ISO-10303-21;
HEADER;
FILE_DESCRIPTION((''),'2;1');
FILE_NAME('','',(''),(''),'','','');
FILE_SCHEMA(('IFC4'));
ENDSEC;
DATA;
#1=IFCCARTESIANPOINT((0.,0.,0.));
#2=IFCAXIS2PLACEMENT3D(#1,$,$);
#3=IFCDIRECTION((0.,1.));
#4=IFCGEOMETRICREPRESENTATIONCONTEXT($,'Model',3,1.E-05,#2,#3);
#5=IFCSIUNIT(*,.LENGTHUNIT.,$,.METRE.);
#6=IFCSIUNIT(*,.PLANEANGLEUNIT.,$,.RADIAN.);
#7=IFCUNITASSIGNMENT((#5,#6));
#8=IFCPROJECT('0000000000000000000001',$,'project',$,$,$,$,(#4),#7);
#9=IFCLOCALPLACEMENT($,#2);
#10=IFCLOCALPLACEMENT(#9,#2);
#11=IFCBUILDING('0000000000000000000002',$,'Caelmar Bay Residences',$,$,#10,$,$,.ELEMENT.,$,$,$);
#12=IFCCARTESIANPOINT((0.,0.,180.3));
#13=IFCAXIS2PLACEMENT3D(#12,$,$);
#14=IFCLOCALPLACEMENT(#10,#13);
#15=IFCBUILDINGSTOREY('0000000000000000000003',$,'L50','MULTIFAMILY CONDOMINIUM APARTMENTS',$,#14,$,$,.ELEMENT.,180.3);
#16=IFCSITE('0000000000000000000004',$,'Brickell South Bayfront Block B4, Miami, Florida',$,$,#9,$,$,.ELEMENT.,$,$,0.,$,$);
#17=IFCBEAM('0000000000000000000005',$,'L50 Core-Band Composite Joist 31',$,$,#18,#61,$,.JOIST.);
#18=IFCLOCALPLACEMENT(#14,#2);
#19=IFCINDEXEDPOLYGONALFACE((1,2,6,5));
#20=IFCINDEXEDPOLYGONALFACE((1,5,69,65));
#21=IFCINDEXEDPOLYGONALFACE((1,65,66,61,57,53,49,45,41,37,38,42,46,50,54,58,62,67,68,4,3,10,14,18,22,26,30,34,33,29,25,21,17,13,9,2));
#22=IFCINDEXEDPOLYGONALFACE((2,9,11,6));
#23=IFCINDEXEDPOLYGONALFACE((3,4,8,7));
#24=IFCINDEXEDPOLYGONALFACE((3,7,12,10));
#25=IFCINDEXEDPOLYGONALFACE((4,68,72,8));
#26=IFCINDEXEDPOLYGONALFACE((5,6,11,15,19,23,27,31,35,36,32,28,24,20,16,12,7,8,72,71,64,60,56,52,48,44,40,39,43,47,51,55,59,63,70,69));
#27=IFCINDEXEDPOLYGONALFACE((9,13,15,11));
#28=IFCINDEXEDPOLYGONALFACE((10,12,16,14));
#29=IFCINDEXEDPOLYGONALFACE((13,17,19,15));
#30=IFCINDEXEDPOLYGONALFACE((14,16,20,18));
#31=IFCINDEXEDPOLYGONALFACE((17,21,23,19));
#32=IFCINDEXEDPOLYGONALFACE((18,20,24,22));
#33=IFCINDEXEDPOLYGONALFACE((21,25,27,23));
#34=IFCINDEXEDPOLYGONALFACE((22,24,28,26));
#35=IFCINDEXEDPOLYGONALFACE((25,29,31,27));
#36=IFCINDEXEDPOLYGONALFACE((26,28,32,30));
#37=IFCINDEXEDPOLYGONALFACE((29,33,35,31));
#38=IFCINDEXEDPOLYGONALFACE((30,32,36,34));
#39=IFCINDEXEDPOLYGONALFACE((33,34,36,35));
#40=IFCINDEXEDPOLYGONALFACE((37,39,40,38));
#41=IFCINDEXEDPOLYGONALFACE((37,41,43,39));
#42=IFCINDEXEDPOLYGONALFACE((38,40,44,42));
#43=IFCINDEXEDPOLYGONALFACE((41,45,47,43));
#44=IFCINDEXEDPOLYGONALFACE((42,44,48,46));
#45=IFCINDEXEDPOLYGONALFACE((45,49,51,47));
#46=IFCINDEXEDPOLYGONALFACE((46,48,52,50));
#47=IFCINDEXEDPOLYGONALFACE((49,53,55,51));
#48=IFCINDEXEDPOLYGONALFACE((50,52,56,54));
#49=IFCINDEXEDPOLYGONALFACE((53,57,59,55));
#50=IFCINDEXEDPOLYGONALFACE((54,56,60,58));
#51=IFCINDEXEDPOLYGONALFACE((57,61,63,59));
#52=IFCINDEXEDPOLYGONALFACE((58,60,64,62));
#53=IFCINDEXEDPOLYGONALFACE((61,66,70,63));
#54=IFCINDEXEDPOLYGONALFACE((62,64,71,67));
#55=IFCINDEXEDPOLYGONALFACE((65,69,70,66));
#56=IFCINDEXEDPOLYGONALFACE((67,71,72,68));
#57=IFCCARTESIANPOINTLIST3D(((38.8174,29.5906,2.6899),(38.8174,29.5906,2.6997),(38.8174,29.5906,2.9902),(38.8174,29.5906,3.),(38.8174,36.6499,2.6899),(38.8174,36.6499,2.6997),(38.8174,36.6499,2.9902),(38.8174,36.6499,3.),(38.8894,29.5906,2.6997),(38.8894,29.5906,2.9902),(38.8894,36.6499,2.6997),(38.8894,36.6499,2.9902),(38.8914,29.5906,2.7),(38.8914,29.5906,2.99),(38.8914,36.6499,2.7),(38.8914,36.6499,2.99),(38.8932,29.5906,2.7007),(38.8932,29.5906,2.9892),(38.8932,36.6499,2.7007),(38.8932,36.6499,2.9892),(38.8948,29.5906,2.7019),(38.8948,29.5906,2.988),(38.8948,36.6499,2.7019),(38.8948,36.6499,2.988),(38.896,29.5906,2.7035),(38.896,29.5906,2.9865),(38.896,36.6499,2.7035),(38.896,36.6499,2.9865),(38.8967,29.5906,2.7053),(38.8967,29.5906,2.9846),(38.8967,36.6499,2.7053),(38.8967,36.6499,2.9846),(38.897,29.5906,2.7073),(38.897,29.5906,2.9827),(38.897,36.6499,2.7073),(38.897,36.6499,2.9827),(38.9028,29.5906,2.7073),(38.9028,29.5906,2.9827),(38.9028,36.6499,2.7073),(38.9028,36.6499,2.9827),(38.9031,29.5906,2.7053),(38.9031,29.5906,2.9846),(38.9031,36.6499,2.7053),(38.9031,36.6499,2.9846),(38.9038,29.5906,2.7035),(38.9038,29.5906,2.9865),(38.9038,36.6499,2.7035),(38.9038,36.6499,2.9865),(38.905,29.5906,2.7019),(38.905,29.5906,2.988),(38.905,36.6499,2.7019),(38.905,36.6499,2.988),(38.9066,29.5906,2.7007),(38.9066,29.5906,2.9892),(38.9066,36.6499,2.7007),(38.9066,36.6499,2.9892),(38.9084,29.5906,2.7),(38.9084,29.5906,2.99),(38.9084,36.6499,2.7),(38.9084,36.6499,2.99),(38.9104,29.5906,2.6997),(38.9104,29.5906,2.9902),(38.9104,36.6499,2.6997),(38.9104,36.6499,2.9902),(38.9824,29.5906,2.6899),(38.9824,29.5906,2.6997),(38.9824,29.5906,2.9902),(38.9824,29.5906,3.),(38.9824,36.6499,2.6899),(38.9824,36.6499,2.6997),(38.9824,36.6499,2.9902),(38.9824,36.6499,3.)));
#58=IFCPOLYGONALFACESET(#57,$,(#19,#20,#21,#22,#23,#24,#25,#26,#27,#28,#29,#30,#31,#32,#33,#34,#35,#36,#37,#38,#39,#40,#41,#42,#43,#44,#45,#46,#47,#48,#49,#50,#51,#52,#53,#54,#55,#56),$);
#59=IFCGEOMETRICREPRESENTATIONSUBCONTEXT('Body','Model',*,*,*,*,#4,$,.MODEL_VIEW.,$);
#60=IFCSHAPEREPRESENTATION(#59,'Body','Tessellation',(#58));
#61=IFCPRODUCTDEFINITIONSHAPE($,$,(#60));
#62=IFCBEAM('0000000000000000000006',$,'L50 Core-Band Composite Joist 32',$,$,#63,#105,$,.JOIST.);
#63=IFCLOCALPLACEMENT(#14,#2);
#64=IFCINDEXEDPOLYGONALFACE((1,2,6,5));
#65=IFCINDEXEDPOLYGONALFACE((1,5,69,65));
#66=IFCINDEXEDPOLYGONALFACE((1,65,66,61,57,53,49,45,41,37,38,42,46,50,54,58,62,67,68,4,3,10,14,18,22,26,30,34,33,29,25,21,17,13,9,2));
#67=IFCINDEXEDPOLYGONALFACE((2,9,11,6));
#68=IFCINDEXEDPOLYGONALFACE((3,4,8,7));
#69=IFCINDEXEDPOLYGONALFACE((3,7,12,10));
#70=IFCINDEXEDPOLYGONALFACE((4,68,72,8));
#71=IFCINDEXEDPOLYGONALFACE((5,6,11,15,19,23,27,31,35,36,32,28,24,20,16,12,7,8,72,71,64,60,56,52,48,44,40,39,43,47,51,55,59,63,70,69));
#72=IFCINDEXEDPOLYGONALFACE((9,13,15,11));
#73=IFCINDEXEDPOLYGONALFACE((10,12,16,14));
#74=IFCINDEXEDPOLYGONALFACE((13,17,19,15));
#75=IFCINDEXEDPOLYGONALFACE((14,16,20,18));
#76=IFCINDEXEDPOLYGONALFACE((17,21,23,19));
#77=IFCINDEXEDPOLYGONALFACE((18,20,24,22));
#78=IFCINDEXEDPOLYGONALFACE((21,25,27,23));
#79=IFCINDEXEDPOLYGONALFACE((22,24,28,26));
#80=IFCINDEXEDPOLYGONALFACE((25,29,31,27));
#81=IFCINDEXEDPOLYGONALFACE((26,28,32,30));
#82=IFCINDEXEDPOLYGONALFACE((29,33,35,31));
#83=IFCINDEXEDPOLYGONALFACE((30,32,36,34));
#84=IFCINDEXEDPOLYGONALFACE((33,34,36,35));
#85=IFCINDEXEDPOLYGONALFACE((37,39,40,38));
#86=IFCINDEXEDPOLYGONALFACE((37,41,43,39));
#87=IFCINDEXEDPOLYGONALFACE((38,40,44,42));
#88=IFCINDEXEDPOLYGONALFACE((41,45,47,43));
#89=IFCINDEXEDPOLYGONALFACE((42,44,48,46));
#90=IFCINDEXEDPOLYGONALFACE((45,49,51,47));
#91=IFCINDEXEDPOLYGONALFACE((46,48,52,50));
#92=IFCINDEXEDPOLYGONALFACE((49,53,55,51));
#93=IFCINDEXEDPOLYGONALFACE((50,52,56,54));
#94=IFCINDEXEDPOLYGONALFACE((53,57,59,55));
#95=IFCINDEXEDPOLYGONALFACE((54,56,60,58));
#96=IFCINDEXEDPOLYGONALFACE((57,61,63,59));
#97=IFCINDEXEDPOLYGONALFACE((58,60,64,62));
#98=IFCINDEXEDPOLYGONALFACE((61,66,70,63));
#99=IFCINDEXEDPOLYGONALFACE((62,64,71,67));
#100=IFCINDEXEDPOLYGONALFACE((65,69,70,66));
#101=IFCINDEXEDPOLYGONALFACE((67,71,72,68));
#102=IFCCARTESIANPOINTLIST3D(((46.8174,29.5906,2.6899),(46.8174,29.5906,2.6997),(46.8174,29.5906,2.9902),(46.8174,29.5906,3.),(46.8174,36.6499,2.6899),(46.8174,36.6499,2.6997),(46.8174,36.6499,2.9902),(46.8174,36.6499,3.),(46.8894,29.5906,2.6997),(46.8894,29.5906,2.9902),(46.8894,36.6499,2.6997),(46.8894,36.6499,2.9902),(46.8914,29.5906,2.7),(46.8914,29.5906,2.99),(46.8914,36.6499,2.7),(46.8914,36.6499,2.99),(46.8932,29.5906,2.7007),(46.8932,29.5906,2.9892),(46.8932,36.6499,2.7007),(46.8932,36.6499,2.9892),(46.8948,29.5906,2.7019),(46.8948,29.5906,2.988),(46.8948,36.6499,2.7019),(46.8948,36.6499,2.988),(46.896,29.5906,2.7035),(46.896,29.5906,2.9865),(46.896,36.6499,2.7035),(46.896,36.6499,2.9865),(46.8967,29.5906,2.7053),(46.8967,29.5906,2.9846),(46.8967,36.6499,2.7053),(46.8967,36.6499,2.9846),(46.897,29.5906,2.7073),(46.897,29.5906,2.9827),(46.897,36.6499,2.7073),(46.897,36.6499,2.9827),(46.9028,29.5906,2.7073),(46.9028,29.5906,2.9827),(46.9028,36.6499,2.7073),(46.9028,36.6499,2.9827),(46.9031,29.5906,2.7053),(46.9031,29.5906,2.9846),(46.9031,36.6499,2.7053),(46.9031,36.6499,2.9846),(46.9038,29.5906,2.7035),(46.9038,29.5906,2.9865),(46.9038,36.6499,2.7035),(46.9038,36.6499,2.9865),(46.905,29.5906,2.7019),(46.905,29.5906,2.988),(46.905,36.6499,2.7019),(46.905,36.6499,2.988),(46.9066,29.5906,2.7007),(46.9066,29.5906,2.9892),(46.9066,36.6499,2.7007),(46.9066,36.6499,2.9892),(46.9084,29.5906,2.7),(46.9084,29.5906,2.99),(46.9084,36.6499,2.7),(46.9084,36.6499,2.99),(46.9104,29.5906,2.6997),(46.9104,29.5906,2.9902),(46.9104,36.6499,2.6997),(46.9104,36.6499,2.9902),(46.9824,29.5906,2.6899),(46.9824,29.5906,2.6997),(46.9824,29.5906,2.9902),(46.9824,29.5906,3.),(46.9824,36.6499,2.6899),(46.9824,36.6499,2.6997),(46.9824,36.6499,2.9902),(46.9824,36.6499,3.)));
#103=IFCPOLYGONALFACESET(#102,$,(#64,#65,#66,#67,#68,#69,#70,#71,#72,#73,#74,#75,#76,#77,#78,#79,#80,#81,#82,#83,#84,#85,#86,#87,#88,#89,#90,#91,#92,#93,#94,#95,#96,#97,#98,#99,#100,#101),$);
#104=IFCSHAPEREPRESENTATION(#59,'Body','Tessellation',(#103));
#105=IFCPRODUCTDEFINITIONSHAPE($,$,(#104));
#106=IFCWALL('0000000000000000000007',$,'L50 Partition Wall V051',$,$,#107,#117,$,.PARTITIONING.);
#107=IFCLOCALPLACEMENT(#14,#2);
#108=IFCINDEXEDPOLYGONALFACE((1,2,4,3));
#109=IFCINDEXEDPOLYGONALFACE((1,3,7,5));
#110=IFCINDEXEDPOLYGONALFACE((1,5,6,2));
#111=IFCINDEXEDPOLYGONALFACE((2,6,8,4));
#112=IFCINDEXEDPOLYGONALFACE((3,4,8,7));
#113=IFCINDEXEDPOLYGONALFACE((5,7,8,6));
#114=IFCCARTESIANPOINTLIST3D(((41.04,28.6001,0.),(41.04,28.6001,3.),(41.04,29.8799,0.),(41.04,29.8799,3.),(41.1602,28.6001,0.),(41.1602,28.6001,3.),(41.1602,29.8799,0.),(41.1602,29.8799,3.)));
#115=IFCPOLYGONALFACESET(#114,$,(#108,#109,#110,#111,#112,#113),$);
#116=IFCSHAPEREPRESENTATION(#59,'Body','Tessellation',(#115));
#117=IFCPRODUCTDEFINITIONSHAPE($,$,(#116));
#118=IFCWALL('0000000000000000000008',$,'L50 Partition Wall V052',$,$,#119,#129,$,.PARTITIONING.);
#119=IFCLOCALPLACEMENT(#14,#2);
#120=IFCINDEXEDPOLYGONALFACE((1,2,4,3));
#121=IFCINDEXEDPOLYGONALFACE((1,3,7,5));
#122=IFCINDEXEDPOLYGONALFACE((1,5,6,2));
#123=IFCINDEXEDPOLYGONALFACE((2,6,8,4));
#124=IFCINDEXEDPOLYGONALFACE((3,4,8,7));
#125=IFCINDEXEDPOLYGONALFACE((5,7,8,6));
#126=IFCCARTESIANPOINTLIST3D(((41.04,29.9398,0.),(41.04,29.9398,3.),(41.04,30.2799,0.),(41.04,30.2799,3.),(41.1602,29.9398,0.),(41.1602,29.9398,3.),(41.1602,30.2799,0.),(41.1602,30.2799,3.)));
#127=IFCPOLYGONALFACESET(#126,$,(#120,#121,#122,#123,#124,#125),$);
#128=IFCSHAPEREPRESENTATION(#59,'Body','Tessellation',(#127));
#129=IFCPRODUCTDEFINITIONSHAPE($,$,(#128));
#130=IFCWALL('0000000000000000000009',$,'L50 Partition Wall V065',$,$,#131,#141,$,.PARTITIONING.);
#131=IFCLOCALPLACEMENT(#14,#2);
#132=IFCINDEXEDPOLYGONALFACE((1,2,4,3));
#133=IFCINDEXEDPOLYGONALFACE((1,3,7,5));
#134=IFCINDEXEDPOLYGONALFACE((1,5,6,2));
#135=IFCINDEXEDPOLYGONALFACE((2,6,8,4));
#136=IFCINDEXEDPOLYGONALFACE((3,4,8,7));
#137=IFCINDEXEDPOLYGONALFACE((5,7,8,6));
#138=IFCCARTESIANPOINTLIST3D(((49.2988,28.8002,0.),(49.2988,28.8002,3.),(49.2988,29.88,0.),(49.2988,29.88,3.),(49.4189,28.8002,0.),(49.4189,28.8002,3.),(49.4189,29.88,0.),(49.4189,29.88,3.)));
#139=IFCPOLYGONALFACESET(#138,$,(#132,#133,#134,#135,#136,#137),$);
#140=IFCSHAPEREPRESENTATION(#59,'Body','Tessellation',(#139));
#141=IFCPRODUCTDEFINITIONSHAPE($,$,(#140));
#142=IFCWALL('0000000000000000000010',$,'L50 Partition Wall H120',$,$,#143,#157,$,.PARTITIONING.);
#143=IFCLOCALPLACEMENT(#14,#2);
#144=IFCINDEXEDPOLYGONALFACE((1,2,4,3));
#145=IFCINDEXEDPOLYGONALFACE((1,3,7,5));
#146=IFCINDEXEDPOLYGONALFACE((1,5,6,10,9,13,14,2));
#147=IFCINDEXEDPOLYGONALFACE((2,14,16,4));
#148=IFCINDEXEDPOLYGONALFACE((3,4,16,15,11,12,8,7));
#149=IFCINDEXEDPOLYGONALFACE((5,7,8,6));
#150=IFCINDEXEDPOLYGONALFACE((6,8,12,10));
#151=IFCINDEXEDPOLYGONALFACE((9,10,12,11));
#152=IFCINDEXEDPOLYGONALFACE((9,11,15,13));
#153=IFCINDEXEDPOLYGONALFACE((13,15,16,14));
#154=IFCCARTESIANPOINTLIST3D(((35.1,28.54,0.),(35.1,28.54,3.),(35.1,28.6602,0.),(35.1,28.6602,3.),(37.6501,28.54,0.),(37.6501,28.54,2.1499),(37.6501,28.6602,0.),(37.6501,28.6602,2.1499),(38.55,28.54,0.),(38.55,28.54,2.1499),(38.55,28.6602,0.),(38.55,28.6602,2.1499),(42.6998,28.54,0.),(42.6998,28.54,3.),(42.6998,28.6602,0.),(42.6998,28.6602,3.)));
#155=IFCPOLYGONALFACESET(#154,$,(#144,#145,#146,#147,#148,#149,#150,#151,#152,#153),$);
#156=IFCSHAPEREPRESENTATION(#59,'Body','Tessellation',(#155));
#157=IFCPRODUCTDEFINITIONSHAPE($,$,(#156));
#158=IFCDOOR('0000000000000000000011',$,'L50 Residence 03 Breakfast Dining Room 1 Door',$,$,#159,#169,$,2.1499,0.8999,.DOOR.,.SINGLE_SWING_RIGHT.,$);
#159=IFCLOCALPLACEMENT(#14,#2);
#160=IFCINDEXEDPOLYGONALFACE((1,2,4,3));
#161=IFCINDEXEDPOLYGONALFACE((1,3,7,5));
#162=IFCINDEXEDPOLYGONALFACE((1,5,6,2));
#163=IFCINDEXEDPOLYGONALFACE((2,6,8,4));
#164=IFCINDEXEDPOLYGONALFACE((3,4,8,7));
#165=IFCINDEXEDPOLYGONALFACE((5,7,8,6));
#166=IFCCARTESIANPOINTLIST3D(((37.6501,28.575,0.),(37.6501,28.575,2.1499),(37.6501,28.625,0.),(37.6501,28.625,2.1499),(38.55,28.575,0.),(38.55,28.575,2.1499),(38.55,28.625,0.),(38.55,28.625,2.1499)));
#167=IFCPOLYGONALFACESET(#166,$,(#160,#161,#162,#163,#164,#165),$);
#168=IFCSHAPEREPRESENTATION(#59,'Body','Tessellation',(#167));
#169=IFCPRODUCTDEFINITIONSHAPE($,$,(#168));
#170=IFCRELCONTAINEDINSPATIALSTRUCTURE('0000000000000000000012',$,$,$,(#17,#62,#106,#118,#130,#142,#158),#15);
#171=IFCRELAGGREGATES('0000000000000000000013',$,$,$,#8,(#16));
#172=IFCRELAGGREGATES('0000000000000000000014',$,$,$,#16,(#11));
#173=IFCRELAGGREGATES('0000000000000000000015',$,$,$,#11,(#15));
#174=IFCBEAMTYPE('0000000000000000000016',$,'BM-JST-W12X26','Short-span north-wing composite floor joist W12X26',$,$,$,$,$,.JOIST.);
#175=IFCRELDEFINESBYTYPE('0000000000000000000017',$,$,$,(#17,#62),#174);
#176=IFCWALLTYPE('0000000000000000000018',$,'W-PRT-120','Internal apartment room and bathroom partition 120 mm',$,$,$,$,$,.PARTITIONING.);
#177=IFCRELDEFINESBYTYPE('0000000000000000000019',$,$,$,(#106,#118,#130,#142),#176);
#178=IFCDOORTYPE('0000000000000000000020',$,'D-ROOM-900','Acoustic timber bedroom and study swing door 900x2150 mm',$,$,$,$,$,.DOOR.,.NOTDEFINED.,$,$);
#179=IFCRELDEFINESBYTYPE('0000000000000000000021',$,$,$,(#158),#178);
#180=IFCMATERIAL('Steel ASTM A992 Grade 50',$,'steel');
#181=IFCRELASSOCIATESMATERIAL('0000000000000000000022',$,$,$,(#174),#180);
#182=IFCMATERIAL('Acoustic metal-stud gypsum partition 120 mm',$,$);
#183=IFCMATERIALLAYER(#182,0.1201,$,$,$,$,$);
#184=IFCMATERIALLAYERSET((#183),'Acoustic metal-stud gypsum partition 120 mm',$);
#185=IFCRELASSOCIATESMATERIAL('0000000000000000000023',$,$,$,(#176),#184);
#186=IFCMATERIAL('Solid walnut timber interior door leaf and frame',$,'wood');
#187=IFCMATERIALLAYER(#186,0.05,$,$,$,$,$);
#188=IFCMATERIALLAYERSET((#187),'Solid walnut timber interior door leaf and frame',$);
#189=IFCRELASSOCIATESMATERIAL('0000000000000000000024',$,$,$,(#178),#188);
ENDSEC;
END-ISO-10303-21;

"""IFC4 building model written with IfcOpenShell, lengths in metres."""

from ifc_helpers import new_model, si_unit, direction, frame, frame_2d, origin, origin_2d, place, context, subcontext, project, spatial, rectangle, i_section, extrude, material, layer, layer_set, material_profile, profile_set, type_object, element, fill, save


model = new_model("IFC4")

# Units and contexts
model_context = context("Model", 3, precision=1e-05, world=origin(), true_north=direction((0.0, 1.0)))
body_context = subcontext(model_context, "Body", "Model", "MODEL_VIEW")
ifc_project = project(units=[si_unit("LENGTHUNIT", "METRE"), si_unit("PLANEANGLEUNIT", "RADIAN")], contexts=[model_context])

# Site, building, storey
site_placement = place(None, origin())
site = spatial("IfcSite", under=ifc_project, at=site_placement, Name="Brickell South Bayfront Block B4, Miami, Florida", CompositionType="ELEMENT", RefElevation=0.0)
building_placement = place(site_placement, origin())
building = spatial("IfcBuilding", under=site, at=building_placement, Name="Caelmar Bay Residences", CompositionType="ELEMENT")
storey_placement = place(building_placement, frame((0.0, 0.0, 180.3)))
storey = spatial("IfcBuildingStorey", under=building, at=storey_placement, Name="L50", Description="MULTIFAMILY CONDOMINIUM APARTMENTS", CompositionType="ELEMENT", Elevation=180.3)

# Beams
ifc_material_1 = material(Name="Steel ASTM A992 Grade 50", Category="steel")
ifc_material_profile_1 = material_profile(ifc_material_1, i_section(OverallWidth=0.165, OverallDepth=0.3101, WebThickness=0.0059, FlangeThickness=0.0098, FilletRadius=0.0076, at=origin_2d()), Name="W12X26")
ifc_profile_set_1 = profile_set([ifc_material_profile_1], Name="Steel ASTM A992 Grade 50")
beam_type_1 = type_object("IfcBeamType", Name="BM-JST-W12X26", Description="Short-span north-wing composite floor joist W12X26", PredefinedType="JOIST", material=ifc_profile_set_1)
for number, where, z_axis, x_axis, name in (
    (1, (38.8999, 29.5906, 2.845), (0.0, 1.0, 0.0), (-1.0, 0.0, 0.0), "L50 Core-Band Composite Joist 31"),
    (2, (46.8999, 29.5906, 2.845), (0.0, 1.0, 0.0), (-1.0, 0.0, 0.0), "L50 Core-Band Composite Joist 32"),
):
    element("IfcBeam", number, at=place(storey_placement, frame(where, z_axis=z_axis, x_axis=x_axis)), inside=storey, type_object=beam_type_1, Name=name, PredefinedType="JOIST", context=body_context, shape_type="SweptSolid", body=[
        extrude(i_section(OverallWidth=0.165, OverallDepth=0.3101, WebThickness=0.0059, FlangeThickness=0.0098, FilletRadius=0.0076, at=origin_2d()), origin(), (0.0, 0.0, 1.0), 7.0593),
    ])

# Walls
ifc_material_2 = material(Name="Acoustic metal-stud gypsum partition 120 mm")
ifc_layer_1 = layer(ifc_material_2, 0.1201)
ifc_layer_set_1 = layer_set([ifc_layer_1], Name="Acoustic metal-stud gypsum partition 120 mm")
wall_type_1 = type_object("IfcWallType", Name="W-PRT-120", Description="Internal apartment room and bathroom partition 120 mm", PredefinedType="PARTITIONING", material=ifc_layer_set_1)
wall_1_placement = place(storey_placement, frame((41.1001, 28.6001, 0.0), z_axis=(0.0, 0.0, 1.0), x_axis=(0.0, 1.0, 0.0)))
element("IfcWall", 3, at=wall_1_placement, inside=storey, type_object=wall_type_1, Name="L50 Partition Wall V051", PredefinedType="PARTITIONING", context=body_context, shape_type="SweptSolid", body=[
    extrude(rectangle(XDim=1.2798, YDim=0.1201, at=frame_2d((0.6399, 0.0))), origin(), (0.0, 0.0, 1.0), 3.0),
])
wall_2_placement = place(storey_placement, frame((41.1001, 29.9399, 0.0), z_axis=(0.0, 0.0, 1.0), x_axis=(0.0, 1.0, 0.0)))
element("IfcWall", 4, at=wall_2_placement, inside=storey, type_object=wall_type_1, Name="L50 Partition Wall V052", PredefinedType="PARTITIONING", context=body_context, shape_type="SweptSolid", body=[
    extrude(rectangle(XDim=0.3401, YDim=0.1201, at=frame_2d((0.1699, 0.0))), origin(), (0.0, 0.0, 1.0), 3.0),
])

# Shared definitions
ifc_material_3 = material(Name="Solid walnut timber interior door leaf and frame", Category="wood")
ifc_layer_2 = layer(ifc_material_3, 0.05)
ifc_layer_set_2 = layer_set([ifc_layer_2], Name="Solid walnut timber interior door leaf and frame")
door_type = type_object("IfcDoorType", Name="D-ROOM-900", Description="Acoustic timber bedroom and study swing door 900x2150 mm", OperationType="NOTDEFINED", PredefinedType="DOOR", material=ifc_layer_set_2)

# Wall
wall_3_placement = place(storey_placement, frame((49.3589, 28.8, 0.0), z_axis=(0.0, 0.0, 1.0), x_axis=(0.0, 1.0, 0.0)))
element("IfcWall", 5, at=wall_3_placement, inside=storey, type_object=wall_type_1, Name="L50 Partition Wall V065", PredefinedType="PARTITIONING", context=body_context, shape_type="SweptSolid", body=[
    extrude(rectangle(XDim=1.0798, YDim=0.1201, at=frame_2d((0.54, 0.0))), origin(), (0.0, 0.0, 1.0), 3.0),
])

# Wall, opening, door
wall_4_placement = place(storey_placement, frame((35.1001, 28.6001, 0.0), z_axis=(0.0, 0.0, 1.0), x_axis=(1.0, 0.0, 0.0)))
wall_4 = element("IfcWall", 6, at=wall_4_placement, inside=storey, type_object=wall_type_1, Name="L50 Partition Wall H120", PredefinedType="PARTITIONING", context=body_context, shape_type="SweptSolid", body=[
    extrude(rectangle(XDim=7.5999, YDim=0.1201, at=frame_2d((3.7998, 0.0))), origin(), (0.0, 0.0, 1.0), 3.0),
])
opening_1_placement = place(wall_4_placement, frame((2.55, 0.0, 0.0)))
opening_1 = element("IfcOpeningElement", 7, at=opening_1_placement, cuts=wall_4, PredefinedType="OPENING", context=body_context, shape_type="SweptSolid", body=[
    extrude(rectangle(XDim=0.8999, YDim=2.1499, at=frame_2d((0.45, 1.075))), frame((0.0, 0.0701, 0.0), z_axis=(0.0, -1.0, 0.0), x_axis=(1.0, 0.0, 0.0)), (0.0, 0.0, 1.0), 0.1401),
])
door_1_placement = place(opening_1_placement, origin())
door_1 = element("IfcDoor", 8, at=door_1_placement, inside=storey, type_object=door_type, Name="L50 Residence 03 Breakfast Dining Room 1 Door", OperationType="SINGLE_SWING_RIGHT", OverallHeight=2.1499, OverallWidth=0.8999, PredefinedType="DOOR", context=body_context, shape_type="SweptSolid", body=[
    extrude(rectangle(XDim=0.8999, YDim=2.1499, at=frame_2d((0.45, 1.075))), frame((0.0, 0.0249, 0.0), z_axis=(0.0, -1.0, 0.0), x_axis=(1.0, 0.0, 0.0)), (0.0, 0.0, 1.0), 0.05),
])
fill(opening_1, door_1)

save(model, "model.ifc")
